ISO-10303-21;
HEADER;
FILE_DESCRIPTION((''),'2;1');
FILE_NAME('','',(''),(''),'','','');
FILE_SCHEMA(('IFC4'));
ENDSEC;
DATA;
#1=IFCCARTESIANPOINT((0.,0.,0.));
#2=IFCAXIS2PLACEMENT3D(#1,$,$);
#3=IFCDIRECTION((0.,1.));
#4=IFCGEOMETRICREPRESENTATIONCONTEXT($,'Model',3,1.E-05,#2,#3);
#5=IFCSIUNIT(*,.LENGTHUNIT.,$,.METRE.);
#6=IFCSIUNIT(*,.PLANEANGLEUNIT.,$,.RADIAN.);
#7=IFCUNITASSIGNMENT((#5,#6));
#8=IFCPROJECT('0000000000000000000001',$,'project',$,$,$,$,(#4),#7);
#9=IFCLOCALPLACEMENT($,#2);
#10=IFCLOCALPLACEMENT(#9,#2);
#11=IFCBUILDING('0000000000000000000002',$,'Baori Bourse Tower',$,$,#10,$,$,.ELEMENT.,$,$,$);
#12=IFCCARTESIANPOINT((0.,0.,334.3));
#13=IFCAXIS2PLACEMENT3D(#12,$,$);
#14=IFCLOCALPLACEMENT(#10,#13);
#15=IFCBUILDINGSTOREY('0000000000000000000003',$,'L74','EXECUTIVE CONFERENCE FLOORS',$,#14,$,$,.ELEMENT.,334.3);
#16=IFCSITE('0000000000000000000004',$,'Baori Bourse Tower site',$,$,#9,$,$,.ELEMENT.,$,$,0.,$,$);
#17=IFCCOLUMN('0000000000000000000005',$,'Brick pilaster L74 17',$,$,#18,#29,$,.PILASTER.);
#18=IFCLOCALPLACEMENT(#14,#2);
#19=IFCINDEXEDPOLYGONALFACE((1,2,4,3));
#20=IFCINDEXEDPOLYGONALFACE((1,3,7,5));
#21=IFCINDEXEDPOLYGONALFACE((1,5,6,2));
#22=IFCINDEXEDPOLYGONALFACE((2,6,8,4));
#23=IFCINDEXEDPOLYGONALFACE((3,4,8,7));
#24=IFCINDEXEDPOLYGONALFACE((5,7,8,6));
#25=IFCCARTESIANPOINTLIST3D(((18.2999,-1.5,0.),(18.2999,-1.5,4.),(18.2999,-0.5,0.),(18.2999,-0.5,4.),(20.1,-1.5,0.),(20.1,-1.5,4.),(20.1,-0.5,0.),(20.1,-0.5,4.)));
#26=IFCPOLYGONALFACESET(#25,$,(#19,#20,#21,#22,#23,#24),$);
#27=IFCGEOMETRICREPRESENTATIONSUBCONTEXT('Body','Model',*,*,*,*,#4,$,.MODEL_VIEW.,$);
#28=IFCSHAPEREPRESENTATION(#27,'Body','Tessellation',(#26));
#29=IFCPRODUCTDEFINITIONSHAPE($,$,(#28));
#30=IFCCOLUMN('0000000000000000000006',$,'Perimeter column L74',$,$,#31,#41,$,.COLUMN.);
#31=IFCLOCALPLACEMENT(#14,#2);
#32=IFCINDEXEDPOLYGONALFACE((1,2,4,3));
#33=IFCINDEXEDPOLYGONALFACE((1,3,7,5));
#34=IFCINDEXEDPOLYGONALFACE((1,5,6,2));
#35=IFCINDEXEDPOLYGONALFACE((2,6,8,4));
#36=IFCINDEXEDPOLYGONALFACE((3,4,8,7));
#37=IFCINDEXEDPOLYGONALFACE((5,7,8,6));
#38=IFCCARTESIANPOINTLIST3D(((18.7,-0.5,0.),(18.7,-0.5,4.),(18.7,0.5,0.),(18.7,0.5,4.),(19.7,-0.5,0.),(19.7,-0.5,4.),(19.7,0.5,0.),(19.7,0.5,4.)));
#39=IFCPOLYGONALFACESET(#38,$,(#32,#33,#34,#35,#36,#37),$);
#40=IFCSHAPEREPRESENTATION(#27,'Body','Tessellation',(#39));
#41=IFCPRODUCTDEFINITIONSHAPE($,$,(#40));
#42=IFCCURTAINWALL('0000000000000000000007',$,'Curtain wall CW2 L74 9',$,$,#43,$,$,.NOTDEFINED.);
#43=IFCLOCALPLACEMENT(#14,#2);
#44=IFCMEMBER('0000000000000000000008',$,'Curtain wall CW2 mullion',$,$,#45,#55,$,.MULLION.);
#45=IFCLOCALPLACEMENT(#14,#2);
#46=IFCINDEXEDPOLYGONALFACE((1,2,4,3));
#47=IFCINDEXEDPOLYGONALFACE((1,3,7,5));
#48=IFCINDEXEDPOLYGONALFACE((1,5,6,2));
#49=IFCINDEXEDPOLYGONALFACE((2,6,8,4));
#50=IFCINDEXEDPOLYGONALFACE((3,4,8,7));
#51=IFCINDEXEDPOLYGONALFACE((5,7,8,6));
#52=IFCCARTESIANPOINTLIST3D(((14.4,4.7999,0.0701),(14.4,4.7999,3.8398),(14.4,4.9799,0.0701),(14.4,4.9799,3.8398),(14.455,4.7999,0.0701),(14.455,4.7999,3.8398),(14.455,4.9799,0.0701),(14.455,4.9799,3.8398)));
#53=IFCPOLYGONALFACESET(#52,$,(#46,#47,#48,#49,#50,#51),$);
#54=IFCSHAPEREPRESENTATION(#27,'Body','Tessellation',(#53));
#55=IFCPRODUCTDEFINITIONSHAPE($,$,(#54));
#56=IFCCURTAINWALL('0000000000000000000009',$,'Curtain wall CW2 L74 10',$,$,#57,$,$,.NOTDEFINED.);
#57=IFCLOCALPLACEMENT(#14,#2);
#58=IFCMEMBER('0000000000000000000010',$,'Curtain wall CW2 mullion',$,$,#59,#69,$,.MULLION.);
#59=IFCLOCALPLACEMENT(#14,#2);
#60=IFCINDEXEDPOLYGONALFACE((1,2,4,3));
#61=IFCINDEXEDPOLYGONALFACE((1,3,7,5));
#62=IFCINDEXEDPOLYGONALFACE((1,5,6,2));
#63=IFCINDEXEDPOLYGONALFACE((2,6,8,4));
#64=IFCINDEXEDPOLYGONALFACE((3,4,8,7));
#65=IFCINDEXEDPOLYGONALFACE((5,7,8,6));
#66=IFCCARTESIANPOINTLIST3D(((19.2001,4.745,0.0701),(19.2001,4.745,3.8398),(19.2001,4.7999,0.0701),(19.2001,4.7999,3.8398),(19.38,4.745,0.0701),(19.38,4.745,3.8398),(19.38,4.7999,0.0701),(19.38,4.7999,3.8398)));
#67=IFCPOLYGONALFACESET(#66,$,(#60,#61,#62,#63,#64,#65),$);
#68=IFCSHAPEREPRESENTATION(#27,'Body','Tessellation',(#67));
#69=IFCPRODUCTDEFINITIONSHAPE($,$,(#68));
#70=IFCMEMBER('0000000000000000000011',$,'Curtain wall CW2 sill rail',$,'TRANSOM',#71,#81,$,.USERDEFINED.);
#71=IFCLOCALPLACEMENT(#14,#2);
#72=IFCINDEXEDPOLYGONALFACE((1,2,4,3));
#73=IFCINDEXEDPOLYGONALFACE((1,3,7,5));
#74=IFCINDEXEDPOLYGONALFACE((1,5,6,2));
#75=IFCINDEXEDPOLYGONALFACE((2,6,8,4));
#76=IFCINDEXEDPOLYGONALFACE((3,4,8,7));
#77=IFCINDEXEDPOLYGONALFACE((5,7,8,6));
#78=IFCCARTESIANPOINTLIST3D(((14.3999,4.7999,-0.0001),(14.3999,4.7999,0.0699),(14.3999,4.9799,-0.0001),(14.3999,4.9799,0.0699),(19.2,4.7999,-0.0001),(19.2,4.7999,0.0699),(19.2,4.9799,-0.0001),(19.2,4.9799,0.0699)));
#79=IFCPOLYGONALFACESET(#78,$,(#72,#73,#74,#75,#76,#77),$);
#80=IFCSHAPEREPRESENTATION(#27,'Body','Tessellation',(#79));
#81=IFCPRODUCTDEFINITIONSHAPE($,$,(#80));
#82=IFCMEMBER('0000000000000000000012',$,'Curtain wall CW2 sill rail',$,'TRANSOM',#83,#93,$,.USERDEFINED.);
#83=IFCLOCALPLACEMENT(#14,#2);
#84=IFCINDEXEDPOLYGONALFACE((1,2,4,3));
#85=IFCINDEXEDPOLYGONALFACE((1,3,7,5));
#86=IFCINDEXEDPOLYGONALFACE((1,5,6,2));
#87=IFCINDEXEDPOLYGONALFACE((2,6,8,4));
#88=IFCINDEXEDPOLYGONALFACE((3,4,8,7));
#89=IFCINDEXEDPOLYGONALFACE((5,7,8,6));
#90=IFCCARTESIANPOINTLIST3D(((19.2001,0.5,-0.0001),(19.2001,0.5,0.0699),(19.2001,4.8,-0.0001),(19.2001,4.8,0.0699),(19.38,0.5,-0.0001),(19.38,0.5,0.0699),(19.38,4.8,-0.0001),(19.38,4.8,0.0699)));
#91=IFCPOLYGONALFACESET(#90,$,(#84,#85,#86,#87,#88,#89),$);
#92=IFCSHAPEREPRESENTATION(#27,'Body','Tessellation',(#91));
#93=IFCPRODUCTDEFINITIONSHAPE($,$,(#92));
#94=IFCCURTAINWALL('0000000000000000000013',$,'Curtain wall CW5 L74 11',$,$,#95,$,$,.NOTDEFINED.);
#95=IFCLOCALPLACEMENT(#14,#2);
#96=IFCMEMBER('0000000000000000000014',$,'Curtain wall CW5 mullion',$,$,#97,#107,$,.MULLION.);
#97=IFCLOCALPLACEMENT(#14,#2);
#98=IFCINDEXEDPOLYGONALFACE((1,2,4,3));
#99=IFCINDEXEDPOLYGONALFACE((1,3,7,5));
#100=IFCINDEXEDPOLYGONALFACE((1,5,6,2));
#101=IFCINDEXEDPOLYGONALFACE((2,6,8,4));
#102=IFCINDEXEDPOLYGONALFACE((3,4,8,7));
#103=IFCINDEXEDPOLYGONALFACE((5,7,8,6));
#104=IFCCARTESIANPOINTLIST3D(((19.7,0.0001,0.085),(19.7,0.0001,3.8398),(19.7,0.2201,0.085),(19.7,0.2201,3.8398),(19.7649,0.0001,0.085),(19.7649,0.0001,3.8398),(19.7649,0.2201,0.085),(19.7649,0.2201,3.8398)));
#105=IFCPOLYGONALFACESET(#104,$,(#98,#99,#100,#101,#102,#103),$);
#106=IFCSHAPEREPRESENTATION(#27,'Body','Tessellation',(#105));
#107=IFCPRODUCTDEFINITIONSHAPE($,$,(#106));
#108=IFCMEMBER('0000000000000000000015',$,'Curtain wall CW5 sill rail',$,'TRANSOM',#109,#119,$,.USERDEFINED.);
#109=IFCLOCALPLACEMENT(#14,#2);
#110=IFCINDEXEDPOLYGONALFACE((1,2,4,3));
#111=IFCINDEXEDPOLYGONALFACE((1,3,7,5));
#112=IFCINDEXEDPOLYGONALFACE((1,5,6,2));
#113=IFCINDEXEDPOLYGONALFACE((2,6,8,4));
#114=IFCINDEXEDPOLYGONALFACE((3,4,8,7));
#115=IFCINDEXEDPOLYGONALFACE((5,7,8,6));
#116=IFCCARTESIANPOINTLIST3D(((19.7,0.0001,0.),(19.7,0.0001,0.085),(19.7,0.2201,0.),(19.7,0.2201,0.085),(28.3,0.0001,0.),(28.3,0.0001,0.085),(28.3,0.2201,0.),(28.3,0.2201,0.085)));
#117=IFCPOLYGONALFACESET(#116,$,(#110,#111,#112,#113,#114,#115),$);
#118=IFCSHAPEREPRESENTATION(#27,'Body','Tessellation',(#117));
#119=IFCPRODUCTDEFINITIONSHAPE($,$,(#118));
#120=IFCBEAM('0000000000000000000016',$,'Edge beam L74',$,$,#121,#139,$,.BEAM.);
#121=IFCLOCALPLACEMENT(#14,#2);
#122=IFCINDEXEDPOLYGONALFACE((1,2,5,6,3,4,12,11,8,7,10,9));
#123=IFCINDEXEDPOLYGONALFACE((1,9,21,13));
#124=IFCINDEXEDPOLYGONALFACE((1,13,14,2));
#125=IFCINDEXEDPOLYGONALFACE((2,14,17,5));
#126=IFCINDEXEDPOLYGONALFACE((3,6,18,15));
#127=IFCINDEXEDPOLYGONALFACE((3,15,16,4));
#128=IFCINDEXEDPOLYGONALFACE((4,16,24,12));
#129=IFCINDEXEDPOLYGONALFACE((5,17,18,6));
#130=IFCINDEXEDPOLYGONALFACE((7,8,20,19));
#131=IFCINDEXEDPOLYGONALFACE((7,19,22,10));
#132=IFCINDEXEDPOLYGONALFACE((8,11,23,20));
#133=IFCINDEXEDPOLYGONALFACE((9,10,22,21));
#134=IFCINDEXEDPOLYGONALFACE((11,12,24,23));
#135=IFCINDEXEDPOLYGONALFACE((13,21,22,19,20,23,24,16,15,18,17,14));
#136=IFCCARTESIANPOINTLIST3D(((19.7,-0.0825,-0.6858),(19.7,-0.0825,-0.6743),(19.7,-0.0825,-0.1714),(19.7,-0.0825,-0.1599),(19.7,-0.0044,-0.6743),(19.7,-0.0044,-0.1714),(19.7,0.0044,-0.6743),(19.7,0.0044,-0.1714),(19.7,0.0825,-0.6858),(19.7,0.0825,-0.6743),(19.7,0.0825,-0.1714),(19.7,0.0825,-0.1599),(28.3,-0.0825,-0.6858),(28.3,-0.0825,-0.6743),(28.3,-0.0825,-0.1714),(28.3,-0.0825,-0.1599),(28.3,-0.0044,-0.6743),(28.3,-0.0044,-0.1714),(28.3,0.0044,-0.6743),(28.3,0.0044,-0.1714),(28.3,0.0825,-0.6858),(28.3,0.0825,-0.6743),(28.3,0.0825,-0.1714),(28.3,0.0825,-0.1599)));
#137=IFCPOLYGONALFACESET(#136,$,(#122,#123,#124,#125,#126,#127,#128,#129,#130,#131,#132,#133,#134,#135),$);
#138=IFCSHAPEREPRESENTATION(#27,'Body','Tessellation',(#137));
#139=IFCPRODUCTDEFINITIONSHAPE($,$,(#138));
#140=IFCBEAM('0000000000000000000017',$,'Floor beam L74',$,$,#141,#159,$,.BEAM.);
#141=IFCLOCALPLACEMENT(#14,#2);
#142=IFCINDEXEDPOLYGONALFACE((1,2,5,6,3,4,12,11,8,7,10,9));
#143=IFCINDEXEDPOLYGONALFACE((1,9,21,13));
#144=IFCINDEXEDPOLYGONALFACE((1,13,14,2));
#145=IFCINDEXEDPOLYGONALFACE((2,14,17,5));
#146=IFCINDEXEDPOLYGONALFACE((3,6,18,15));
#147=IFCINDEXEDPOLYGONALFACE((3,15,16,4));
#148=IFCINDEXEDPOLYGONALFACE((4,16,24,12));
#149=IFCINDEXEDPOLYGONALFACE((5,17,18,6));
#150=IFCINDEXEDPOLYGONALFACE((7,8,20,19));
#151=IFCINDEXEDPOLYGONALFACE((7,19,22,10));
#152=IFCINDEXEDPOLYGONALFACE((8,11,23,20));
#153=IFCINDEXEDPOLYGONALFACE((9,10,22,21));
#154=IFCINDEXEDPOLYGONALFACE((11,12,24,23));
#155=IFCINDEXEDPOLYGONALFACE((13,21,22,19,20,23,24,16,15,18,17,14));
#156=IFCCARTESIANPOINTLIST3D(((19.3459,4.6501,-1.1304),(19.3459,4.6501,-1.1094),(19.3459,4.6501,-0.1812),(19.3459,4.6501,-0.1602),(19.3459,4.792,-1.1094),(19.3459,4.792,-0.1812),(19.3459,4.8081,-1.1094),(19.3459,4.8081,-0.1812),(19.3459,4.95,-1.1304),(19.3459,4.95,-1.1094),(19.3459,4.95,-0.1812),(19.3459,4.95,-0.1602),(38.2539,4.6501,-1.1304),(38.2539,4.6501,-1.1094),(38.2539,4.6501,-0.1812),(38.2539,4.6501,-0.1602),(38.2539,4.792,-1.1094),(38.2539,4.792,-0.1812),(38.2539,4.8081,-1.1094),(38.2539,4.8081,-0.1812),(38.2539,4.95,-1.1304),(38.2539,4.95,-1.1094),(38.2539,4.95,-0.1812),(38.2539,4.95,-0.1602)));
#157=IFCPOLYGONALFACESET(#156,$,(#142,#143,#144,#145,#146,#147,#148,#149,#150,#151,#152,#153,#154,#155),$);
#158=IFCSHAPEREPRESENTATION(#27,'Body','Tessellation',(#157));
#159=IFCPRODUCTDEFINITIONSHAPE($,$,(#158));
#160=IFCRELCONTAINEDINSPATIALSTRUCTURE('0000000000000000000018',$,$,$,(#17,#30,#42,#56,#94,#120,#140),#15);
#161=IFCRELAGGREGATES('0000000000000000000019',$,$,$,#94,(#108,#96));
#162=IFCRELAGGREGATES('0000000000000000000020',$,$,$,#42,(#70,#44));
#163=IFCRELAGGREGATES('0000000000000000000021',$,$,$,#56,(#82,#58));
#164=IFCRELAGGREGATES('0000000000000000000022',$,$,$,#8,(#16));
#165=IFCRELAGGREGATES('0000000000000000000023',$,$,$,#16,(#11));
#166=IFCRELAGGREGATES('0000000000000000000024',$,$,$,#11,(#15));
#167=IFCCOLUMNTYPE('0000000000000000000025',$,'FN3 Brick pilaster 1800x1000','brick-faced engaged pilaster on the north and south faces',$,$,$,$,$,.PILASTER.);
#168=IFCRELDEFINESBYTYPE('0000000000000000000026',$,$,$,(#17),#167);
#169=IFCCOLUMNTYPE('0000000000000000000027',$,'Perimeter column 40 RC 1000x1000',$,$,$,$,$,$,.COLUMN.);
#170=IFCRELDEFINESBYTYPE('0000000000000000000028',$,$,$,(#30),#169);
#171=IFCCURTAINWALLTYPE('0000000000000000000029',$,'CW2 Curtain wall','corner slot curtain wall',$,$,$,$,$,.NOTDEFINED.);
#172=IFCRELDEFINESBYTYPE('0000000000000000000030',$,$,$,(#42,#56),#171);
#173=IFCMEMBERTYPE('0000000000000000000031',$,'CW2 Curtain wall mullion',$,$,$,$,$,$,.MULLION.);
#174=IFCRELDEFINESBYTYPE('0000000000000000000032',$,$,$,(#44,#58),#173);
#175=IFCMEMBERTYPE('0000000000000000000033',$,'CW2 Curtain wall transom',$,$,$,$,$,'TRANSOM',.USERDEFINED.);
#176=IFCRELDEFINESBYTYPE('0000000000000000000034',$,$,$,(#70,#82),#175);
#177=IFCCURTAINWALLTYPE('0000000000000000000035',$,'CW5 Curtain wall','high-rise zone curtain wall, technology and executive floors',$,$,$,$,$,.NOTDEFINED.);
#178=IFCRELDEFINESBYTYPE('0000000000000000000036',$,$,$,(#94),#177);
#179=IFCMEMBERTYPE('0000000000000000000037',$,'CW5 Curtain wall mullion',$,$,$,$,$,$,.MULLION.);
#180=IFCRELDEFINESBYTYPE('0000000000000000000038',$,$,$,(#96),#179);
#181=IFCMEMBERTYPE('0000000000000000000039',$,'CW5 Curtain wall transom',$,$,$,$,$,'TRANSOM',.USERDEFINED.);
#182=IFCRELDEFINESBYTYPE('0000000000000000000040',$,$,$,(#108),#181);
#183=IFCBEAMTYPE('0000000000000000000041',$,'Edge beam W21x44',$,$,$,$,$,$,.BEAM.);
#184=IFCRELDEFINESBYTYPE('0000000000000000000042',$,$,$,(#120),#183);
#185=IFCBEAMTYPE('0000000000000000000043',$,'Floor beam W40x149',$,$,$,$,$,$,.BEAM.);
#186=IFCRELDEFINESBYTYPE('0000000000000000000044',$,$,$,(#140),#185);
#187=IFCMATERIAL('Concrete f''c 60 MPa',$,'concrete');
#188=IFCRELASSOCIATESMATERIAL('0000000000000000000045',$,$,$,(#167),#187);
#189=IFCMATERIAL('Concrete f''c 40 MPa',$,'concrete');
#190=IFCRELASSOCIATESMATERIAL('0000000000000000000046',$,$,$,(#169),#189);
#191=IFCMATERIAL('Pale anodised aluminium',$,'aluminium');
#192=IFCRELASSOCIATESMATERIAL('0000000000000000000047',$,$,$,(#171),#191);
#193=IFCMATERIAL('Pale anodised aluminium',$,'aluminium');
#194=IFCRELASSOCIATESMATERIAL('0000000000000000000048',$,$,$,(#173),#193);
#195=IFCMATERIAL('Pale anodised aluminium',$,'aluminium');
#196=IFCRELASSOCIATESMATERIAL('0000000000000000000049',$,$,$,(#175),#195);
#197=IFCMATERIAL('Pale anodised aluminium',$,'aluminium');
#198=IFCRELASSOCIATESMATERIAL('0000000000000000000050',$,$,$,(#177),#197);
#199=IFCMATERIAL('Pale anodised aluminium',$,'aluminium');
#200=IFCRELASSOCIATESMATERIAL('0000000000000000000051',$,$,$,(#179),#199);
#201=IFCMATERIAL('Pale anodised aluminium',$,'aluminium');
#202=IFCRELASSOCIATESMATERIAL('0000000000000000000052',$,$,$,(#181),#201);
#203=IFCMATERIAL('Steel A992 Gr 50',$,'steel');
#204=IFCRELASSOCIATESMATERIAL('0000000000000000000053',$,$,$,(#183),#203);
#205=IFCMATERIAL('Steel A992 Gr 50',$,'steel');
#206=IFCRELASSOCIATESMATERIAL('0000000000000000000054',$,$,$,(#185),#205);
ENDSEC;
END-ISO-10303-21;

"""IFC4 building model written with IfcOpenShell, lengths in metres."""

from ifc_helpers import new_model, si_unit, direction, frame, origin, origin_2d, place, context, subcontext, project, spatial, rectangle, i_section, extrude, material, material_profile, profile_set, type_object, element, aggregate, save


model = new_model("IFC4")

# Units and contexts
model_context = context("Model", 3, precision=1e-05, world=origin(), true_north=direction((0.0, 1.0)))
body_context = subcontext(model_context, "Body", "Model", "MODEL_VIEW")
ifc_project = project(units=[si_unit("LENGTHUNIT", "METRE"), si_unit("PLANEANGLEUNIT", "RADIAN")], contexts=[model_context])

# Site, building, storey
site_placement = place(None, origin())
site = spatial("IfcSite", under=ifc_project, at=site_placement, Name="Baori Bourse Tower site", CompositionType="ELEMENT", RefElevation=0.0)
building_placement = place(site_placement, origin())
building = spatial("IfcBuilding", under=site, at=building_placement, Name="Baori Bourse Tower", CompositionType="ELEMENT")
storey_placement = place(building_placement, frame((0.0, 0.0, 334.3)))
storey = spatial("IfcBuildingStorey", under=building, at=storey_placement, Name="L74", Description="EXECUTIVE CONFERENCE FLOORS", CompositionType="ELEMENT", Elevation=334.3)

# Columns
ifc_material_1 = material(Name="Concrete f'c 60 MPa", Category="concrete")
ifc_material_profile_1 = material_profile(ifc_material_1, rectangle(XDim=1.8, YDim=1.0, at=origin_2d()), Name="RC 1800x1000")
ifc_profile_set_1 = profile_set([ifc_material_profile_1], Name="Concrete f'c 60 MPa")
column_type_1 = type_object("IfcColumnType", Name="FN3 Brick pilaster 1800x1000", Description="brick-faced engaged pilaster on the north and south faces", PredefinedType="PILASTER", material=ifc_profile_set_1)
column_1_placement = place(storey_placement, frame((19.2, -1.0, 0.0), z_axis=(0.0, 0.0, 1.0), x_axis=(1.0, 0.0, 0.0)))
element("IfcColumn", 1, at=column_1_placement, inside=storey, type_object=column_type_1, Name="Brick pilaster L74 17", PredefinedType="PILASTER", context=body_context, shape_type="SweptSolid", body=[
    extrude(rectangle(XDim=1.8, YDim=1.0, at=origin_2d()), origin(), (0.0, 0.0, 1.0), 4.0),
])
ifc_material_2 = material(Name="Concrete f'c 40 MPa", Category="concrete")
ifc_material_profile_2 = material_profile(ifc_material_2, rectangle(XDim=1.0, YDim=1.0, at=origin_2d()), Name="RC 1000x1000")
ifc_profile_set_2 = profile_set([ifc_material_profile_2], Name="Concrete f'c 40 MPa")
column_type_2 = type_object("IfcColumnType", Name="Perimeter column 40 RC 1000x1000", PredefinedType="COLUMN", material=ifc_profile_set_2)
column_2_placement = place(storey_placement, frame((19.2, 0.0, 0.0), z_axis=(0.0, 0.0, 1.0), x_axis=(1.0, 0.0, 0.0)))
element("IfcColumn", 2, at=column_2_placement, inside=storey, type_object=column_type_2, Name="Perimeter column L74", PredefinedType="COLUMN", context=body_context, shape_type="SweptSolid", body=[
    extrude(rectangle(XDim=1.0, YDim=1.0, at=origin_2d()), origin(), (0.0, 0.0, 1.0), 4.0),
])

# Curtain walls, members
ifc_material_3 = material(Name="Pale anodised aluminium", Category="aluminium")
curtain_wall_type_1 = type_object("IfcCurtainWallType", Name="CW2 Curtain wall", Description="corner slot curtain wall", PredefinedType="NOTDEFINED", material=ifc_material_3)
curtain_wall_1_placement = place(storey_placement, origin())
curtain_wall_1 = element("IfcCurtainWall", 3, at=curtain_wall_1_placement, inside=storey, type_object=curtain_wall_type_1, Name="Curtain wall CW2 L74 9", PredefinedType="NOTDEFINED")
ifc_material_4 = material(Name="Pale anodised aluminium", Category="aluminium")
ifc_material_profile_3 = material_profile(ifc_material_4, rectangle(XDim=0.1799, YDim=0.0549, at=origin_2d()), Name="Mullion 55x180")
ifc_profile_set_3 = profile_set([ifc_material_profile_3], Name="Pale anodised aluminium")
member_type_1 = type_object("IfcMemberType", Name="CW2 Curtain wall mullion", PredefinedType="MULLION", material=ifc_profile_set_3)
member_1_placement = place(storey_placement, frame((14.4275, 4.8899, 0.0701), z_axis=(0.0, 0.0, 1.0), x_axis=(0.0, 1.0, 0.0)))
member_1 = element("IfcMember", 4, at=member_1_placement, type_object=member_type_1, Name="Curtain wall CW2 mullion", PredefinedType="MULLION", context=body_context, shape_type="SweptSolid", body=[
    extrude(rectangle(XDim=0.1799, YDim=0.0549, at=origin_2d()), origin(), (0.0, 0.0, 1.0), 3.7698),
])
curtain_wall_2_placement = place(storey_placement, origin())
curtain_wall_2 = element("IfcCurtainWall", 5, at=curtain_wall_2_placement, inside=storey, type_object=curtain_wall_type_1, Name="Curtain wall CW2 L74 10", PredefinedType="NOTDEFINED")
member_2_placement = place(storey_placement, frame((19.29, 4.7725, 0.0701), z_axis=(0.0, 0.0, 1.0), x_axis=(1.0, 0.0, 0.0)))
member_2 = element("IfcMember", 6, at=member_2_placement, type_object=member_type_1, Name="Curtain wall CW2 mullion", PredefinedType="MULLION", context=body_context, shape_type="SweptSolid", body=[
    extrude(rectangle(XDim=0.1799, YDim=0.0549, at=origin_2d()), origin(), (0.0, 0.0, 1.0), 3.7698),
])

# Members
ifc_material_5 = material(Name="Pale anodised aluminium", Category="aluminium")
ifc_material_profile_4 = material_profile(ifc_material_5, rectangle(XDim=0.1799, YDim=0.0701, at=origin_2d()), Name="Transom 70x180")
ifc_profile_set_4 = profile_set([ifc_material_profile_4], Name="Pale anodised aluminium")
member_type_2 = type_object("IfcMemberType", Name="CW2 Curtain wall transom", ElementType="TRANSOM", PredefinedType="USERDEFINED", material=ifc_profile_set_4)
member_3_placement = place(storey_placement, frame((14.3999, 4.8899, 0.0349), z_axis=(1.0, 0.0, 0.0), x_axis=(0.0, 1.0, 0.0)))
member_3 = element("IfcMember", 7, at=member_3_placement, type_object=member_type_2, Name="Curtain wall CW2 sill rail", ObjectType="TRANSOM", PredefinedType="USERDEFINED", context=body_context, shape_type="SweptSolid", body=[
    extrude(rectangle(XDim=0.1799, YDim=0.0701, at=origin_2d()), origin(), (0.0, 0.0, 1.0), 4.8),
])
member_4_placement = place(storey_placement, frame((19.29, 4.8, 0.0349), z_axis=(0.0, -1.0, 0.0), x_axis=(1.0, 0.0, 0.0)))
member_4 = element("IfcMember", 8, at=member_4_placement, type_object=member_type_2, Name="Curtain wall CW2 sill rail", ObjectType="TRANSOM", PredefinedType="USERDEFINED", context=body_context, shape_type="SweptSolid", body=[
    extrude(rectangle(XDim=0.1799, YDim=0.0701, at=origin_2d()), origin(), (0.0, 0.0, 1.0), 4.3),
])

# Curtain wall, members
ifc_material_6 = material(Name="Pale anodised aluminium", Category="aluminium")
curtain_wall_type_2 = type_object("IfcCurtainWallType", Name="CW5 Curtain wall", Description="high-rise zone curtain wall, technology and executive floors", PredefinedType="NOTDEFINED", material=ifc_material_6)
curtain_wall_3_placement = place(storey_placement, origin())
curtain_wall_3 = element("IfcCurtainWall", 9, at=curtain_wall_3_placement, inside=storey, type_object=curtain_wall_type_2, Name="Curtain wall CW5 L74 11", PredefinedType="NOTDEFINED")
ifc_material_7 = material(Name="Pale anodised aluminium", Category="aluminium")
ifc_material_profile_5 = material_profile(ifc_material_7, rectangle(XDim=0.22, YDim=0.0649, at=origin_2d()), Name="Mullion 65x220")
ifc_profile_set_5 = profile_set([ifc_material_profile_5], Name="Pale anodised aluminium")
member_type_3 = type_object("IfcMemberType", Name="CW5 Curtain wall mullion", PredefinedType="MULLION", material=ifc_profile_set_5)
member_5_placement = place(storey_placement, frame((19.7324, 0.1101, 0.085), z_axis=(0.0, 0.0, 1.0), x_axis=(0.0, 1.0, 0.0)))
member_5 = element("IfcMember", 10, at=member_5_placement, type_object=member_type_3, Name="Curtain wall CW5 mullion", PredefinedType="MULLION", context=body_context, shape_type="SweptSolid", body=[
    extrude(rectangle(XDim=0.22, YDim=0.0649, at=origin_2d()), origin(), (0.0, 0.0, 1.0), 3.7549),
])
ifc_material_8 = material(Name="Pale anodised aluminium", Category="aluminium")
ifc_material_profile_6 = material_profile(ifc_material_8, rectangle(XDim=0.22, YDim=0.085, at=origin_2d()), Name="Transom 85x220")
ifc_profile_set_6 = profile_set([ifc_material_profile_6], Name="Pale anodised aluminium")
member_type_4 = type_object("IfcMemberType", Name="CW5 Curtain wall transom", ElementType="TRANSOM", PredefinedType="USERDEFINED", material=ifc_profile_set_6)
member_6_placement = place(storey_placement, frame((19.7, 0.1101, 0.0425), z_axis=(1.0, 0.0, 0.0), x_axis=(0.0, 1.0, 0.0)))
member_6 = element("IfcMember", 11, at=member_6_placement, type_object=member_type_4, Name="Curtain wall CW5 sill rail", ObjectType="TRANSOM", PredefinedType="USERDEFINED", context=body_context, shape_type="SweptSolid", body=[
    extrude(rectangle(XDim=0.22, YDim=0.085, at=origin_2d()), origin(), (0.0, 0.0, 1.0), 8.6001),
])
aggregate(curtain_wall_3, [member_6, member_5])

# Beams
ifc_material_9 = material(Name="Steel A992 Gr 50", Category="steel")
ifc_material_profile_7 = material_profile(ifc_material_9, i_section(OverallWidth=0.165, OverallDepth=0.5259, WebThickness=0.0088, FlangeThickness=0.0115, at=origin_2d()), Name="W21x44")
ifc_profile_set_7 = profile_set([ifc_material_profile_7], Name="Steel A992 Gr 50")
beam_type_1 = type_object("IfcBeamType", Name="Edge beam W21x44", PredefinedType="BEAM", material=ifc_profile_set_7)
beam_1_placement = place(storey_placement, frame((19.7, 0.0, -0.4229), z_axis=(1.0, 0.0, 0.0), x_axis=(0.0, 1.0, 0.0)))
element("IfcBeam", 12, at=beam_1_placement, inside=storey, type_object=beam_type_1, Name="Edge beam L74", PredefinedType="BEAM", context=body_context, shape_type="SweptSolid", body=[
    extrude(i_section(OverallWidth=0.165, OverallDepth=0.5259, WebThickness=0.0088, FlangeThickness=0.0115, at=origin_2d()), origin(), (0.0, 0.0, 1.0), 8.6001),
])
ifc_material_10 = material(Name="Steel A992 Gr 50", Category="steel")
ifc_material_profile_8 = material_profile(ifc_material_10, i_section(OverallWidth=0.2998, OverallDepth=0.9702, WebThickness=0.0161, FlangeThickness=0.021, at=origin_2d()), Name="W40x149")
ifc_profile_set_8 = profile_set([ifc_material_profile_8], Name="Steel A992 Gr 50")
beam_type_2 = type_object("IfcBeamType", Name="Floor beam W40x149", PredefinedType="BEAM", material=ifc_profile_set_8)
beam_2_placement = place(storey_placement, frame((19.3459, 4.8, -0.6453), z_axis=(1.0, 0.0, 0.0), x_axis=(0.0, 1.0, 0.0)))
element("IfcBeam", 13, at=beam_2_placement, inside=storey, type_object=beam_type_2, Name="Floor beam L74", PredefinedType="BEAM", context=body_context, shape_type="SweptSolid", body=[
    extrude(i_section(OverallWidth=0.2998, OverallDepth=0.9702, WebThickness=0.0161, FlangeThickness=0.021, at=origin_2d()), origin(), (0.0, 0.0, 1.0), 18.908),
])

aggregate(curtain_wall_1, [member_3, member_1])
aggregate(curtain_wall_2, [member_4, member_2])

save(model, "model.ifc")
